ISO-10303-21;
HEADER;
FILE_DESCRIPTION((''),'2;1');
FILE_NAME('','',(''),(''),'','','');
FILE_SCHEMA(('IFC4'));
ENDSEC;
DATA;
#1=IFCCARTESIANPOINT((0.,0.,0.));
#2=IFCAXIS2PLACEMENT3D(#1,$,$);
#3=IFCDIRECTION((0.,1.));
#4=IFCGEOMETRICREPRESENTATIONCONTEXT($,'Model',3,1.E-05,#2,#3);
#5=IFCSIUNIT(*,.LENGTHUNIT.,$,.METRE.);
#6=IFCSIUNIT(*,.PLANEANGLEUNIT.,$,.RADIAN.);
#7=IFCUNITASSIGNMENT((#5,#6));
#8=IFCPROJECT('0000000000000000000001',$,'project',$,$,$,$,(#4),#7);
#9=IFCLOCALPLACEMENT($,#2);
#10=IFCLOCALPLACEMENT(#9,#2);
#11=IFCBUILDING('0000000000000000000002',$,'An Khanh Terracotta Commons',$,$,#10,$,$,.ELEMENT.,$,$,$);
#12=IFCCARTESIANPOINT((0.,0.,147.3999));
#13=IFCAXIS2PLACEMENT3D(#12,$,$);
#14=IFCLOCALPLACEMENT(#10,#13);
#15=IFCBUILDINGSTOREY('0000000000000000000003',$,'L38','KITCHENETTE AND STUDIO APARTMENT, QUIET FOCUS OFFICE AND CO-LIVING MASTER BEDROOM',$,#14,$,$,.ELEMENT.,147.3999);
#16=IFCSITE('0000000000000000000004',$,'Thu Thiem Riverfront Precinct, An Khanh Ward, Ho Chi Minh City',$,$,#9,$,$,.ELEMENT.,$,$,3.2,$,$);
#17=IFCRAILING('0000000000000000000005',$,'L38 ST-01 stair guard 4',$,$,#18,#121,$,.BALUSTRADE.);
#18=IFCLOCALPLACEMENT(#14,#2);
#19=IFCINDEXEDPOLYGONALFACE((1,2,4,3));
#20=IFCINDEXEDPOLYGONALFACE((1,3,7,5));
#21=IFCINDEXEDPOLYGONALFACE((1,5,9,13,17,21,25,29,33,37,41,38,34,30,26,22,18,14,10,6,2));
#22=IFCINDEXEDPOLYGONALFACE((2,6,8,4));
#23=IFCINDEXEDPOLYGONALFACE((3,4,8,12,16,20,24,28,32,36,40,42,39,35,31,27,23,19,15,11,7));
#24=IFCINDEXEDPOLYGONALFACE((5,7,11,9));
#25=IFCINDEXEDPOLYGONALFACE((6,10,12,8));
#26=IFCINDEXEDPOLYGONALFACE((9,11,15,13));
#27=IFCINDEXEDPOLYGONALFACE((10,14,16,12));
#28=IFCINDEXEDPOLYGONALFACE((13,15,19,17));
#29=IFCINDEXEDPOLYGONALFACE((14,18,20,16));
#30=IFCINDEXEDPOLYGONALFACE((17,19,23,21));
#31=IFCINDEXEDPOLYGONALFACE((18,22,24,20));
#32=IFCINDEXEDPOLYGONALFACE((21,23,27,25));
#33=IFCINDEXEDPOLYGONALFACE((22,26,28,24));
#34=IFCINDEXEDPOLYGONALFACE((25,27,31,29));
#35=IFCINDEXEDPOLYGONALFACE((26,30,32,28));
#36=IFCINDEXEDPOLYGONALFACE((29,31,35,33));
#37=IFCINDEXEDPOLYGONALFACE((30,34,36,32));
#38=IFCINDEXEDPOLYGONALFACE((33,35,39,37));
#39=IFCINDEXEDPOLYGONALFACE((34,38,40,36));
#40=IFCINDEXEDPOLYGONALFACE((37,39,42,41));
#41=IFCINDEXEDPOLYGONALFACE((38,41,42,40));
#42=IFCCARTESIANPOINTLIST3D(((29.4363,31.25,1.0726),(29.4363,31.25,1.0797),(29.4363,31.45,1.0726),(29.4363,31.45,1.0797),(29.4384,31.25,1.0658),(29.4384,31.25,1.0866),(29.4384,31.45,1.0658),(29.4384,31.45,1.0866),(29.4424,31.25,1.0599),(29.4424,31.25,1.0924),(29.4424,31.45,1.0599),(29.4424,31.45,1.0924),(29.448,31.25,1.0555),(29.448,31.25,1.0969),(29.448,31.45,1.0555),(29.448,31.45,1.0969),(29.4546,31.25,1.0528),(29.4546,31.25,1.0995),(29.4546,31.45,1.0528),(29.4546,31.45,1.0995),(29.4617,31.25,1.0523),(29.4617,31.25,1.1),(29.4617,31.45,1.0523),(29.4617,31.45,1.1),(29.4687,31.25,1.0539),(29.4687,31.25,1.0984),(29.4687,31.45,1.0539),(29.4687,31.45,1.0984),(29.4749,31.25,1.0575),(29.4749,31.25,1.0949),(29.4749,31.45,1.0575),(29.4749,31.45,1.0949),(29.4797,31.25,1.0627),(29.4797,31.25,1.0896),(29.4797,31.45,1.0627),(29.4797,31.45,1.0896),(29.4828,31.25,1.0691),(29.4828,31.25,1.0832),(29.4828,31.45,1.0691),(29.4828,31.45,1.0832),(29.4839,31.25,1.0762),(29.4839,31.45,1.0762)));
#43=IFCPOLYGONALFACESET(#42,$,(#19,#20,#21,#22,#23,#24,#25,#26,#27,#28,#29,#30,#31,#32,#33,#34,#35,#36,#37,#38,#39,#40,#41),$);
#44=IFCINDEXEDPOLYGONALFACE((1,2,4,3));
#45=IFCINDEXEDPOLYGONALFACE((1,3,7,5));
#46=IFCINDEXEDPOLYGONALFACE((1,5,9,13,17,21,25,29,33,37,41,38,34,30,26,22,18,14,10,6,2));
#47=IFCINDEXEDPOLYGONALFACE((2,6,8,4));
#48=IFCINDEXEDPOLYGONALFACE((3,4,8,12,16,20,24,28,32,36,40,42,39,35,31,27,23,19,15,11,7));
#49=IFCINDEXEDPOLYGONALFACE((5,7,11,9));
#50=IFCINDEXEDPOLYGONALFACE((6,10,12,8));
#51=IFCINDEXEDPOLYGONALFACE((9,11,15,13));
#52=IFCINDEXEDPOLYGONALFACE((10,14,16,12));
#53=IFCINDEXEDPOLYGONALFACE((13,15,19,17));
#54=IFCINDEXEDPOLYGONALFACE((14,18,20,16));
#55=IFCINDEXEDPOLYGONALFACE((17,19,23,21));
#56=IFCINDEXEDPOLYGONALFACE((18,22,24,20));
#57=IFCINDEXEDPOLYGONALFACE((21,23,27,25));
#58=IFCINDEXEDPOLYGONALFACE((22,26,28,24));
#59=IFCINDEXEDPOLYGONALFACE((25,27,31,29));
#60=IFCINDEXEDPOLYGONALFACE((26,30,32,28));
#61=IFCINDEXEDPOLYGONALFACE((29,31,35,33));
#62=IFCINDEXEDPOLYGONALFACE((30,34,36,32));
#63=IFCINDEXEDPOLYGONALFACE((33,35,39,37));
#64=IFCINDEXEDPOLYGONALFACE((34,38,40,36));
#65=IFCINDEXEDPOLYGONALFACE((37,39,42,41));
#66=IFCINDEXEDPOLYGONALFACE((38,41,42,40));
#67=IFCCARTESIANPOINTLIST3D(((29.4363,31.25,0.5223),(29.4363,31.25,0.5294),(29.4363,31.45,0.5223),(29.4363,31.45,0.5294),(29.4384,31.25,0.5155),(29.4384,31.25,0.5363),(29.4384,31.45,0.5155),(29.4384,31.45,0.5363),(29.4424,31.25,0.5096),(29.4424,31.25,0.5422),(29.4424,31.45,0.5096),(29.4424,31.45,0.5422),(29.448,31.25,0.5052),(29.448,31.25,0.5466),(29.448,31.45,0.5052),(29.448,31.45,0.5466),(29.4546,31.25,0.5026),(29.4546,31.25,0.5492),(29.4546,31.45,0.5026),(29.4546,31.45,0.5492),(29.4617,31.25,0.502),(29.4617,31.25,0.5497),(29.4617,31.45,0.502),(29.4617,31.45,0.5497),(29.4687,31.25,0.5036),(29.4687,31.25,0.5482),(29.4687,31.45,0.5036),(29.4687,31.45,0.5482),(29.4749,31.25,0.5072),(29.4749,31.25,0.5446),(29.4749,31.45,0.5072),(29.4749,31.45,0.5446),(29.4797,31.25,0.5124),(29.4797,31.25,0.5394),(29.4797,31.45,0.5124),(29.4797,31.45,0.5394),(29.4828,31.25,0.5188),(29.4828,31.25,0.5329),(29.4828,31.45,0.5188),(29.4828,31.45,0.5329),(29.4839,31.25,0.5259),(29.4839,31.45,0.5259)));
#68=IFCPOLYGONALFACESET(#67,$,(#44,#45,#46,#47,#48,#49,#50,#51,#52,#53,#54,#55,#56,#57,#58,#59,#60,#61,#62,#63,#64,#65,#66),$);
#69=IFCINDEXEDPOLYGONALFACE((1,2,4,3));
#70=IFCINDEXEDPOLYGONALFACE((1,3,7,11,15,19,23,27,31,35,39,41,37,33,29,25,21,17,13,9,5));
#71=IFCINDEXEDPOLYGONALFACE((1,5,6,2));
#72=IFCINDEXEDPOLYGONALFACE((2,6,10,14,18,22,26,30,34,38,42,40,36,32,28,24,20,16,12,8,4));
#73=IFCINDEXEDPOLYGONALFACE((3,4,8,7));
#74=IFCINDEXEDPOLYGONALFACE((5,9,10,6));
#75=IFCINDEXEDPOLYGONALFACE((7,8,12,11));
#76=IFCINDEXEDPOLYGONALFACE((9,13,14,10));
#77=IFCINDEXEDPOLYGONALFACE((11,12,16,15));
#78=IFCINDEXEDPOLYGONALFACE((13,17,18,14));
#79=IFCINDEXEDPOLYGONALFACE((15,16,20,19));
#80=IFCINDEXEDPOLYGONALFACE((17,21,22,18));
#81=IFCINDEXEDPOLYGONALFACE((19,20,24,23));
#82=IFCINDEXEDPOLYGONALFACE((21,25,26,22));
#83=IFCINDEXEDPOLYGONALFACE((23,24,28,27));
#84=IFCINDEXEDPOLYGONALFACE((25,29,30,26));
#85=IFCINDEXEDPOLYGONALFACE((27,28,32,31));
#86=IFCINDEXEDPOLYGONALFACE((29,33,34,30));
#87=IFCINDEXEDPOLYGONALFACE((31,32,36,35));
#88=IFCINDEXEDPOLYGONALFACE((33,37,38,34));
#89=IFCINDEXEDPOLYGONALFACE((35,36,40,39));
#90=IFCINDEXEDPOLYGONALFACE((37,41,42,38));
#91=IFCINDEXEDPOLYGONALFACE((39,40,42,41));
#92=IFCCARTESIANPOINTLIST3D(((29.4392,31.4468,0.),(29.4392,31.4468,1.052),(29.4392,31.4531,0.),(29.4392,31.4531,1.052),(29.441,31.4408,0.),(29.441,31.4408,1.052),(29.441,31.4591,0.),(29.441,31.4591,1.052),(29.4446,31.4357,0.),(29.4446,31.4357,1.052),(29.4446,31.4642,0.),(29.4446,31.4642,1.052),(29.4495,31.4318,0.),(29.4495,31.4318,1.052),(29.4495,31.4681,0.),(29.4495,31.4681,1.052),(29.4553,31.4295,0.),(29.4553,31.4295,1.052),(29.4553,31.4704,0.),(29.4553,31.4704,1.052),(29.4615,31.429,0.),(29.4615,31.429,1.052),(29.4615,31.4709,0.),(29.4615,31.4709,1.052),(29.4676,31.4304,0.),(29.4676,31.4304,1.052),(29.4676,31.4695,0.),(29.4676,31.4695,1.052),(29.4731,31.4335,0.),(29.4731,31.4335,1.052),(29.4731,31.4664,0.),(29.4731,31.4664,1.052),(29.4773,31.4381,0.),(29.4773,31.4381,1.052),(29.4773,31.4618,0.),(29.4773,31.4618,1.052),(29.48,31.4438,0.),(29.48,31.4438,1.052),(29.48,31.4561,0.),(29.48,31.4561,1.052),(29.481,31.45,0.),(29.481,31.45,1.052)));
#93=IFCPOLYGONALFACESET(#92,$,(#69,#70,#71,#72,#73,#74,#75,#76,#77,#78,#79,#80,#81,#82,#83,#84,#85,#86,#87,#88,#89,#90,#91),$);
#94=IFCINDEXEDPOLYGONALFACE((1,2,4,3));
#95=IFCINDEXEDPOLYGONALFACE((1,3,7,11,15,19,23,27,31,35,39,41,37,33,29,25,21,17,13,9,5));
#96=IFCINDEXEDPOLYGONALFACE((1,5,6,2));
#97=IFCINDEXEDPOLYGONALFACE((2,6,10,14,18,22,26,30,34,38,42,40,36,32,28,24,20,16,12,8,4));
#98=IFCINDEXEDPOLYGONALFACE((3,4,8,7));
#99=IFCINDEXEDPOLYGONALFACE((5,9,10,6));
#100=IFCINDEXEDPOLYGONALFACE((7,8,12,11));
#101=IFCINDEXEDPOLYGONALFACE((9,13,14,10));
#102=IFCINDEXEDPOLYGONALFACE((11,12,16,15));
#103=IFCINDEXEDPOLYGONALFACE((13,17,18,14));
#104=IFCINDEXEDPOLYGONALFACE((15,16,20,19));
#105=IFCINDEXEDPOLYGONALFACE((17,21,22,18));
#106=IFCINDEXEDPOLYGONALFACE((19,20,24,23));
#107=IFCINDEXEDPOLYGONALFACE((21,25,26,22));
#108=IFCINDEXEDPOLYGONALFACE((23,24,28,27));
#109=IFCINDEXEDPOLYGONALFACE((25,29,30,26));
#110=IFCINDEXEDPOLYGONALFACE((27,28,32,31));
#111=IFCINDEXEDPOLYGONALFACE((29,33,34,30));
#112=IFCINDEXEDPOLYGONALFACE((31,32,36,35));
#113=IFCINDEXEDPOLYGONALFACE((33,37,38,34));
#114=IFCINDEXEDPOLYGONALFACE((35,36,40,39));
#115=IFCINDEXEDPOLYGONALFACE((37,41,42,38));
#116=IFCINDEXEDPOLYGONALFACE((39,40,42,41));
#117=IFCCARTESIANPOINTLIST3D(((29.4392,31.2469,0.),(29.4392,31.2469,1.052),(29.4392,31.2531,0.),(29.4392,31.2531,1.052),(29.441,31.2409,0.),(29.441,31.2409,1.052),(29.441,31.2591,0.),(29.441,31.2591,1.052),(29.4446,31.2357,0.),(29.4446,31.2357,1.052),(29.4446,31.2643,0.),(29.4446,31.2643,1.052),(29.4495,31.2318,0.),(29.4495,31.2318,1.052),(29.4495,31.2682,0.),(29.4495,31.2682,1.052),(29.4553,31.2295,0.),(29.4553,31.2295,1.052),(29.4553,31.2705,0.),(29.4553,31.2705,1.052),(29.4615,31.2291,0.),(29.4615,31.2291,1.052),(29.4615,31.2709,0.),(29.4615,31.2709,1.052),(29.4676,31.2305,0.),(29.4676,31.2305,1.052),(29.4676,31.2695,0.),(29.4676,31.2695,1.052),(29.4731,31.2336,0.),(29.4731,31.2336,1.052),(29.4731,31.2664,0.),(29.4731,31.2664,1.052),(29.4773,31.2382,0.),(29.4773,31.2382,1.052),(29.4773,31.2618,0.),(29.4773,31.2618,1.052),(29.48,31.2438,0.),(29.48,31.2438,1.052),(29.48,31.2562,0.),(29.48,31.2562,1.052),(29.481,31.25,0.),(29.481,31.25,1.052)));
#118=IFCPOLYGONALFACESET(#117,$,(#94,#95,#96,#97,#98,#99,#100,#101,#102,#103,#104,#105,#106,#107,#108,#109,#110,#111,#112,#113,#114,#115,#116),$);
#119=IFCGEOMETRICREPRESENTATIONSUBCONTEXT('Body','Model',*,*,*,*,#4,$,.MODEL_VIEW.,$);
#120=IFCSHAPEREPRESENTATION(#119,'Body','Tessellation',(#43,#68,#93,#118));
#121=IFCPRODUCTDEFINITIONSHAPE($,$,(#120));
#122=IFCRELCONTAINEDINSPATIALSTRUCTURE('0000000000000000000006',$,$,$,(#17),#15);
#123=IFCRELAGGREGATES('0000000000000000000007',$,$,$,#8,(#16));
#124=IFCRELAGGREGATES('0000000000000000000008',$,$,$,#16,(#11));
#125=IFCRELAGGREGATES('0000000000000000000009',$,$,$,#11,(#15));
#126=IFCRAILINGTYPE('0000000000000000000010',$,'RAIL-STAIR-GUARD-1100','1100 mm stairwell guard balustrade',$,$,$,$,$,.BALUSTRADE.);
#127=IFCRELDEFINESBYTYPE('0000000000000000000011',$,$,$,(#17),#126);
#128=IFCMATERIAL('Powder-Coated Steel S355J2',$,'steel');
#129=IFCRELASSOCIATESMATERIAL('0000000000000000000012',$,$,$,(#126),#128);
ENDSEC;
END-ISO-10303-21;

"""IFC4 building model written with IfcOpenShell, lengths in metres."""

from ifc_helpers import new_model, si_unit, direction, frame, origin, origin_2d, place, context, subcontext, project, spatial, circle, extrude, material, type_object, element, save


model = new_model("IFC4")

# Units and contexts
model_context = context("Model", 3, precision=1e-05, world=origin(), true_north=direction((0.0, 1.0)))
body_context = subcontext(model_context, "Body", "Model", "MODEL_VIEW")
ifc_project = project(units=[si_unit("LENGTHUNIT", "METRE"), si_unit("PLANEANGLEUNIT", "RADIAN")], contexts=[model_context])

# Site, building, storey
site_placement = place(None, origin())
site = spatial("IfcSite", under=ifc_project, at=site_placement, Name="Thu Thiem Riverfront Precinct, An Khanh Ward, Ho Chi Minh City", CompositionType="ELEMENT", RefElevation=3.2)
building_placement = place(site_placement, origin())
building = spatial("IfcBuilding", under=site, at=building_placement, Name="An Khanh Terracotta Commons", CompositionType="ELEMENT")
storey_placement = place(building_placement, frame((0.0, 0.0, 147.3999)))
storey = spatial("IfcBuildingStorey", under=building, at=storey_placement, Name="L38", Description="KITCHENETTE AND STUDIO APARTMENT, QUIET FOCUS OFFICE AND CO-LIVING MASTER BEDROOM", CompositionType="ELEMENT", Elevation=147.3999)

# Railing
ifc_material_1 = material(Name="Powder-Coated Steel S355J2", Category="steel")
railing_type_1 = type_object("IfcRailingType", Name="RAIL-STAIR-GUARD-1100", Description="1100 mm stairwell guard balustrade", PredefinedType="BALUSTRADE", material=ifc_material_1)
railing_1_placement = place(storey_placement, frame((29.46, 31.45, 0.0)))
element("IfcRailing", 1, at=railing_1_placement, inside=storey, type_object=railing_type_1, Name="L38 ST-01 stair guard 4", PredefinedType="BALUSTRADE", context=body_context, shape_type="SweptSolid", body=[
    extrude(circle(Radius=0.0239, at=origin_2d()), frame((0.0, 0.0, 1.0762), z_axis=(0.0, -1.0, 0.0), x_axis=(1.0, 0.0, 0.0)), (0.0, 0.0, 1.0), 0.2),
    extrude(circle(Radius=0.0239, at=origin_2d()), frame((0.0, 0.0, 0.5259), z_axis=(0.0, -1.0, 0.0), x_axis=(1.0, 0.0, 0.0)), (0.0, 0.0, 1.0), 0.2),
    extrude(circle(Radius=0.021, at=origin_2d()), origin(), (0.0, 0.0, 1.0), 1.052),
    extrude(circle(Radius=0.021, at=origin_2d()), frame((0.0, -0.2, 0.0)), (0.0, 0.0, 1.0), 1.052),
])

save(model, "model.ifc")
